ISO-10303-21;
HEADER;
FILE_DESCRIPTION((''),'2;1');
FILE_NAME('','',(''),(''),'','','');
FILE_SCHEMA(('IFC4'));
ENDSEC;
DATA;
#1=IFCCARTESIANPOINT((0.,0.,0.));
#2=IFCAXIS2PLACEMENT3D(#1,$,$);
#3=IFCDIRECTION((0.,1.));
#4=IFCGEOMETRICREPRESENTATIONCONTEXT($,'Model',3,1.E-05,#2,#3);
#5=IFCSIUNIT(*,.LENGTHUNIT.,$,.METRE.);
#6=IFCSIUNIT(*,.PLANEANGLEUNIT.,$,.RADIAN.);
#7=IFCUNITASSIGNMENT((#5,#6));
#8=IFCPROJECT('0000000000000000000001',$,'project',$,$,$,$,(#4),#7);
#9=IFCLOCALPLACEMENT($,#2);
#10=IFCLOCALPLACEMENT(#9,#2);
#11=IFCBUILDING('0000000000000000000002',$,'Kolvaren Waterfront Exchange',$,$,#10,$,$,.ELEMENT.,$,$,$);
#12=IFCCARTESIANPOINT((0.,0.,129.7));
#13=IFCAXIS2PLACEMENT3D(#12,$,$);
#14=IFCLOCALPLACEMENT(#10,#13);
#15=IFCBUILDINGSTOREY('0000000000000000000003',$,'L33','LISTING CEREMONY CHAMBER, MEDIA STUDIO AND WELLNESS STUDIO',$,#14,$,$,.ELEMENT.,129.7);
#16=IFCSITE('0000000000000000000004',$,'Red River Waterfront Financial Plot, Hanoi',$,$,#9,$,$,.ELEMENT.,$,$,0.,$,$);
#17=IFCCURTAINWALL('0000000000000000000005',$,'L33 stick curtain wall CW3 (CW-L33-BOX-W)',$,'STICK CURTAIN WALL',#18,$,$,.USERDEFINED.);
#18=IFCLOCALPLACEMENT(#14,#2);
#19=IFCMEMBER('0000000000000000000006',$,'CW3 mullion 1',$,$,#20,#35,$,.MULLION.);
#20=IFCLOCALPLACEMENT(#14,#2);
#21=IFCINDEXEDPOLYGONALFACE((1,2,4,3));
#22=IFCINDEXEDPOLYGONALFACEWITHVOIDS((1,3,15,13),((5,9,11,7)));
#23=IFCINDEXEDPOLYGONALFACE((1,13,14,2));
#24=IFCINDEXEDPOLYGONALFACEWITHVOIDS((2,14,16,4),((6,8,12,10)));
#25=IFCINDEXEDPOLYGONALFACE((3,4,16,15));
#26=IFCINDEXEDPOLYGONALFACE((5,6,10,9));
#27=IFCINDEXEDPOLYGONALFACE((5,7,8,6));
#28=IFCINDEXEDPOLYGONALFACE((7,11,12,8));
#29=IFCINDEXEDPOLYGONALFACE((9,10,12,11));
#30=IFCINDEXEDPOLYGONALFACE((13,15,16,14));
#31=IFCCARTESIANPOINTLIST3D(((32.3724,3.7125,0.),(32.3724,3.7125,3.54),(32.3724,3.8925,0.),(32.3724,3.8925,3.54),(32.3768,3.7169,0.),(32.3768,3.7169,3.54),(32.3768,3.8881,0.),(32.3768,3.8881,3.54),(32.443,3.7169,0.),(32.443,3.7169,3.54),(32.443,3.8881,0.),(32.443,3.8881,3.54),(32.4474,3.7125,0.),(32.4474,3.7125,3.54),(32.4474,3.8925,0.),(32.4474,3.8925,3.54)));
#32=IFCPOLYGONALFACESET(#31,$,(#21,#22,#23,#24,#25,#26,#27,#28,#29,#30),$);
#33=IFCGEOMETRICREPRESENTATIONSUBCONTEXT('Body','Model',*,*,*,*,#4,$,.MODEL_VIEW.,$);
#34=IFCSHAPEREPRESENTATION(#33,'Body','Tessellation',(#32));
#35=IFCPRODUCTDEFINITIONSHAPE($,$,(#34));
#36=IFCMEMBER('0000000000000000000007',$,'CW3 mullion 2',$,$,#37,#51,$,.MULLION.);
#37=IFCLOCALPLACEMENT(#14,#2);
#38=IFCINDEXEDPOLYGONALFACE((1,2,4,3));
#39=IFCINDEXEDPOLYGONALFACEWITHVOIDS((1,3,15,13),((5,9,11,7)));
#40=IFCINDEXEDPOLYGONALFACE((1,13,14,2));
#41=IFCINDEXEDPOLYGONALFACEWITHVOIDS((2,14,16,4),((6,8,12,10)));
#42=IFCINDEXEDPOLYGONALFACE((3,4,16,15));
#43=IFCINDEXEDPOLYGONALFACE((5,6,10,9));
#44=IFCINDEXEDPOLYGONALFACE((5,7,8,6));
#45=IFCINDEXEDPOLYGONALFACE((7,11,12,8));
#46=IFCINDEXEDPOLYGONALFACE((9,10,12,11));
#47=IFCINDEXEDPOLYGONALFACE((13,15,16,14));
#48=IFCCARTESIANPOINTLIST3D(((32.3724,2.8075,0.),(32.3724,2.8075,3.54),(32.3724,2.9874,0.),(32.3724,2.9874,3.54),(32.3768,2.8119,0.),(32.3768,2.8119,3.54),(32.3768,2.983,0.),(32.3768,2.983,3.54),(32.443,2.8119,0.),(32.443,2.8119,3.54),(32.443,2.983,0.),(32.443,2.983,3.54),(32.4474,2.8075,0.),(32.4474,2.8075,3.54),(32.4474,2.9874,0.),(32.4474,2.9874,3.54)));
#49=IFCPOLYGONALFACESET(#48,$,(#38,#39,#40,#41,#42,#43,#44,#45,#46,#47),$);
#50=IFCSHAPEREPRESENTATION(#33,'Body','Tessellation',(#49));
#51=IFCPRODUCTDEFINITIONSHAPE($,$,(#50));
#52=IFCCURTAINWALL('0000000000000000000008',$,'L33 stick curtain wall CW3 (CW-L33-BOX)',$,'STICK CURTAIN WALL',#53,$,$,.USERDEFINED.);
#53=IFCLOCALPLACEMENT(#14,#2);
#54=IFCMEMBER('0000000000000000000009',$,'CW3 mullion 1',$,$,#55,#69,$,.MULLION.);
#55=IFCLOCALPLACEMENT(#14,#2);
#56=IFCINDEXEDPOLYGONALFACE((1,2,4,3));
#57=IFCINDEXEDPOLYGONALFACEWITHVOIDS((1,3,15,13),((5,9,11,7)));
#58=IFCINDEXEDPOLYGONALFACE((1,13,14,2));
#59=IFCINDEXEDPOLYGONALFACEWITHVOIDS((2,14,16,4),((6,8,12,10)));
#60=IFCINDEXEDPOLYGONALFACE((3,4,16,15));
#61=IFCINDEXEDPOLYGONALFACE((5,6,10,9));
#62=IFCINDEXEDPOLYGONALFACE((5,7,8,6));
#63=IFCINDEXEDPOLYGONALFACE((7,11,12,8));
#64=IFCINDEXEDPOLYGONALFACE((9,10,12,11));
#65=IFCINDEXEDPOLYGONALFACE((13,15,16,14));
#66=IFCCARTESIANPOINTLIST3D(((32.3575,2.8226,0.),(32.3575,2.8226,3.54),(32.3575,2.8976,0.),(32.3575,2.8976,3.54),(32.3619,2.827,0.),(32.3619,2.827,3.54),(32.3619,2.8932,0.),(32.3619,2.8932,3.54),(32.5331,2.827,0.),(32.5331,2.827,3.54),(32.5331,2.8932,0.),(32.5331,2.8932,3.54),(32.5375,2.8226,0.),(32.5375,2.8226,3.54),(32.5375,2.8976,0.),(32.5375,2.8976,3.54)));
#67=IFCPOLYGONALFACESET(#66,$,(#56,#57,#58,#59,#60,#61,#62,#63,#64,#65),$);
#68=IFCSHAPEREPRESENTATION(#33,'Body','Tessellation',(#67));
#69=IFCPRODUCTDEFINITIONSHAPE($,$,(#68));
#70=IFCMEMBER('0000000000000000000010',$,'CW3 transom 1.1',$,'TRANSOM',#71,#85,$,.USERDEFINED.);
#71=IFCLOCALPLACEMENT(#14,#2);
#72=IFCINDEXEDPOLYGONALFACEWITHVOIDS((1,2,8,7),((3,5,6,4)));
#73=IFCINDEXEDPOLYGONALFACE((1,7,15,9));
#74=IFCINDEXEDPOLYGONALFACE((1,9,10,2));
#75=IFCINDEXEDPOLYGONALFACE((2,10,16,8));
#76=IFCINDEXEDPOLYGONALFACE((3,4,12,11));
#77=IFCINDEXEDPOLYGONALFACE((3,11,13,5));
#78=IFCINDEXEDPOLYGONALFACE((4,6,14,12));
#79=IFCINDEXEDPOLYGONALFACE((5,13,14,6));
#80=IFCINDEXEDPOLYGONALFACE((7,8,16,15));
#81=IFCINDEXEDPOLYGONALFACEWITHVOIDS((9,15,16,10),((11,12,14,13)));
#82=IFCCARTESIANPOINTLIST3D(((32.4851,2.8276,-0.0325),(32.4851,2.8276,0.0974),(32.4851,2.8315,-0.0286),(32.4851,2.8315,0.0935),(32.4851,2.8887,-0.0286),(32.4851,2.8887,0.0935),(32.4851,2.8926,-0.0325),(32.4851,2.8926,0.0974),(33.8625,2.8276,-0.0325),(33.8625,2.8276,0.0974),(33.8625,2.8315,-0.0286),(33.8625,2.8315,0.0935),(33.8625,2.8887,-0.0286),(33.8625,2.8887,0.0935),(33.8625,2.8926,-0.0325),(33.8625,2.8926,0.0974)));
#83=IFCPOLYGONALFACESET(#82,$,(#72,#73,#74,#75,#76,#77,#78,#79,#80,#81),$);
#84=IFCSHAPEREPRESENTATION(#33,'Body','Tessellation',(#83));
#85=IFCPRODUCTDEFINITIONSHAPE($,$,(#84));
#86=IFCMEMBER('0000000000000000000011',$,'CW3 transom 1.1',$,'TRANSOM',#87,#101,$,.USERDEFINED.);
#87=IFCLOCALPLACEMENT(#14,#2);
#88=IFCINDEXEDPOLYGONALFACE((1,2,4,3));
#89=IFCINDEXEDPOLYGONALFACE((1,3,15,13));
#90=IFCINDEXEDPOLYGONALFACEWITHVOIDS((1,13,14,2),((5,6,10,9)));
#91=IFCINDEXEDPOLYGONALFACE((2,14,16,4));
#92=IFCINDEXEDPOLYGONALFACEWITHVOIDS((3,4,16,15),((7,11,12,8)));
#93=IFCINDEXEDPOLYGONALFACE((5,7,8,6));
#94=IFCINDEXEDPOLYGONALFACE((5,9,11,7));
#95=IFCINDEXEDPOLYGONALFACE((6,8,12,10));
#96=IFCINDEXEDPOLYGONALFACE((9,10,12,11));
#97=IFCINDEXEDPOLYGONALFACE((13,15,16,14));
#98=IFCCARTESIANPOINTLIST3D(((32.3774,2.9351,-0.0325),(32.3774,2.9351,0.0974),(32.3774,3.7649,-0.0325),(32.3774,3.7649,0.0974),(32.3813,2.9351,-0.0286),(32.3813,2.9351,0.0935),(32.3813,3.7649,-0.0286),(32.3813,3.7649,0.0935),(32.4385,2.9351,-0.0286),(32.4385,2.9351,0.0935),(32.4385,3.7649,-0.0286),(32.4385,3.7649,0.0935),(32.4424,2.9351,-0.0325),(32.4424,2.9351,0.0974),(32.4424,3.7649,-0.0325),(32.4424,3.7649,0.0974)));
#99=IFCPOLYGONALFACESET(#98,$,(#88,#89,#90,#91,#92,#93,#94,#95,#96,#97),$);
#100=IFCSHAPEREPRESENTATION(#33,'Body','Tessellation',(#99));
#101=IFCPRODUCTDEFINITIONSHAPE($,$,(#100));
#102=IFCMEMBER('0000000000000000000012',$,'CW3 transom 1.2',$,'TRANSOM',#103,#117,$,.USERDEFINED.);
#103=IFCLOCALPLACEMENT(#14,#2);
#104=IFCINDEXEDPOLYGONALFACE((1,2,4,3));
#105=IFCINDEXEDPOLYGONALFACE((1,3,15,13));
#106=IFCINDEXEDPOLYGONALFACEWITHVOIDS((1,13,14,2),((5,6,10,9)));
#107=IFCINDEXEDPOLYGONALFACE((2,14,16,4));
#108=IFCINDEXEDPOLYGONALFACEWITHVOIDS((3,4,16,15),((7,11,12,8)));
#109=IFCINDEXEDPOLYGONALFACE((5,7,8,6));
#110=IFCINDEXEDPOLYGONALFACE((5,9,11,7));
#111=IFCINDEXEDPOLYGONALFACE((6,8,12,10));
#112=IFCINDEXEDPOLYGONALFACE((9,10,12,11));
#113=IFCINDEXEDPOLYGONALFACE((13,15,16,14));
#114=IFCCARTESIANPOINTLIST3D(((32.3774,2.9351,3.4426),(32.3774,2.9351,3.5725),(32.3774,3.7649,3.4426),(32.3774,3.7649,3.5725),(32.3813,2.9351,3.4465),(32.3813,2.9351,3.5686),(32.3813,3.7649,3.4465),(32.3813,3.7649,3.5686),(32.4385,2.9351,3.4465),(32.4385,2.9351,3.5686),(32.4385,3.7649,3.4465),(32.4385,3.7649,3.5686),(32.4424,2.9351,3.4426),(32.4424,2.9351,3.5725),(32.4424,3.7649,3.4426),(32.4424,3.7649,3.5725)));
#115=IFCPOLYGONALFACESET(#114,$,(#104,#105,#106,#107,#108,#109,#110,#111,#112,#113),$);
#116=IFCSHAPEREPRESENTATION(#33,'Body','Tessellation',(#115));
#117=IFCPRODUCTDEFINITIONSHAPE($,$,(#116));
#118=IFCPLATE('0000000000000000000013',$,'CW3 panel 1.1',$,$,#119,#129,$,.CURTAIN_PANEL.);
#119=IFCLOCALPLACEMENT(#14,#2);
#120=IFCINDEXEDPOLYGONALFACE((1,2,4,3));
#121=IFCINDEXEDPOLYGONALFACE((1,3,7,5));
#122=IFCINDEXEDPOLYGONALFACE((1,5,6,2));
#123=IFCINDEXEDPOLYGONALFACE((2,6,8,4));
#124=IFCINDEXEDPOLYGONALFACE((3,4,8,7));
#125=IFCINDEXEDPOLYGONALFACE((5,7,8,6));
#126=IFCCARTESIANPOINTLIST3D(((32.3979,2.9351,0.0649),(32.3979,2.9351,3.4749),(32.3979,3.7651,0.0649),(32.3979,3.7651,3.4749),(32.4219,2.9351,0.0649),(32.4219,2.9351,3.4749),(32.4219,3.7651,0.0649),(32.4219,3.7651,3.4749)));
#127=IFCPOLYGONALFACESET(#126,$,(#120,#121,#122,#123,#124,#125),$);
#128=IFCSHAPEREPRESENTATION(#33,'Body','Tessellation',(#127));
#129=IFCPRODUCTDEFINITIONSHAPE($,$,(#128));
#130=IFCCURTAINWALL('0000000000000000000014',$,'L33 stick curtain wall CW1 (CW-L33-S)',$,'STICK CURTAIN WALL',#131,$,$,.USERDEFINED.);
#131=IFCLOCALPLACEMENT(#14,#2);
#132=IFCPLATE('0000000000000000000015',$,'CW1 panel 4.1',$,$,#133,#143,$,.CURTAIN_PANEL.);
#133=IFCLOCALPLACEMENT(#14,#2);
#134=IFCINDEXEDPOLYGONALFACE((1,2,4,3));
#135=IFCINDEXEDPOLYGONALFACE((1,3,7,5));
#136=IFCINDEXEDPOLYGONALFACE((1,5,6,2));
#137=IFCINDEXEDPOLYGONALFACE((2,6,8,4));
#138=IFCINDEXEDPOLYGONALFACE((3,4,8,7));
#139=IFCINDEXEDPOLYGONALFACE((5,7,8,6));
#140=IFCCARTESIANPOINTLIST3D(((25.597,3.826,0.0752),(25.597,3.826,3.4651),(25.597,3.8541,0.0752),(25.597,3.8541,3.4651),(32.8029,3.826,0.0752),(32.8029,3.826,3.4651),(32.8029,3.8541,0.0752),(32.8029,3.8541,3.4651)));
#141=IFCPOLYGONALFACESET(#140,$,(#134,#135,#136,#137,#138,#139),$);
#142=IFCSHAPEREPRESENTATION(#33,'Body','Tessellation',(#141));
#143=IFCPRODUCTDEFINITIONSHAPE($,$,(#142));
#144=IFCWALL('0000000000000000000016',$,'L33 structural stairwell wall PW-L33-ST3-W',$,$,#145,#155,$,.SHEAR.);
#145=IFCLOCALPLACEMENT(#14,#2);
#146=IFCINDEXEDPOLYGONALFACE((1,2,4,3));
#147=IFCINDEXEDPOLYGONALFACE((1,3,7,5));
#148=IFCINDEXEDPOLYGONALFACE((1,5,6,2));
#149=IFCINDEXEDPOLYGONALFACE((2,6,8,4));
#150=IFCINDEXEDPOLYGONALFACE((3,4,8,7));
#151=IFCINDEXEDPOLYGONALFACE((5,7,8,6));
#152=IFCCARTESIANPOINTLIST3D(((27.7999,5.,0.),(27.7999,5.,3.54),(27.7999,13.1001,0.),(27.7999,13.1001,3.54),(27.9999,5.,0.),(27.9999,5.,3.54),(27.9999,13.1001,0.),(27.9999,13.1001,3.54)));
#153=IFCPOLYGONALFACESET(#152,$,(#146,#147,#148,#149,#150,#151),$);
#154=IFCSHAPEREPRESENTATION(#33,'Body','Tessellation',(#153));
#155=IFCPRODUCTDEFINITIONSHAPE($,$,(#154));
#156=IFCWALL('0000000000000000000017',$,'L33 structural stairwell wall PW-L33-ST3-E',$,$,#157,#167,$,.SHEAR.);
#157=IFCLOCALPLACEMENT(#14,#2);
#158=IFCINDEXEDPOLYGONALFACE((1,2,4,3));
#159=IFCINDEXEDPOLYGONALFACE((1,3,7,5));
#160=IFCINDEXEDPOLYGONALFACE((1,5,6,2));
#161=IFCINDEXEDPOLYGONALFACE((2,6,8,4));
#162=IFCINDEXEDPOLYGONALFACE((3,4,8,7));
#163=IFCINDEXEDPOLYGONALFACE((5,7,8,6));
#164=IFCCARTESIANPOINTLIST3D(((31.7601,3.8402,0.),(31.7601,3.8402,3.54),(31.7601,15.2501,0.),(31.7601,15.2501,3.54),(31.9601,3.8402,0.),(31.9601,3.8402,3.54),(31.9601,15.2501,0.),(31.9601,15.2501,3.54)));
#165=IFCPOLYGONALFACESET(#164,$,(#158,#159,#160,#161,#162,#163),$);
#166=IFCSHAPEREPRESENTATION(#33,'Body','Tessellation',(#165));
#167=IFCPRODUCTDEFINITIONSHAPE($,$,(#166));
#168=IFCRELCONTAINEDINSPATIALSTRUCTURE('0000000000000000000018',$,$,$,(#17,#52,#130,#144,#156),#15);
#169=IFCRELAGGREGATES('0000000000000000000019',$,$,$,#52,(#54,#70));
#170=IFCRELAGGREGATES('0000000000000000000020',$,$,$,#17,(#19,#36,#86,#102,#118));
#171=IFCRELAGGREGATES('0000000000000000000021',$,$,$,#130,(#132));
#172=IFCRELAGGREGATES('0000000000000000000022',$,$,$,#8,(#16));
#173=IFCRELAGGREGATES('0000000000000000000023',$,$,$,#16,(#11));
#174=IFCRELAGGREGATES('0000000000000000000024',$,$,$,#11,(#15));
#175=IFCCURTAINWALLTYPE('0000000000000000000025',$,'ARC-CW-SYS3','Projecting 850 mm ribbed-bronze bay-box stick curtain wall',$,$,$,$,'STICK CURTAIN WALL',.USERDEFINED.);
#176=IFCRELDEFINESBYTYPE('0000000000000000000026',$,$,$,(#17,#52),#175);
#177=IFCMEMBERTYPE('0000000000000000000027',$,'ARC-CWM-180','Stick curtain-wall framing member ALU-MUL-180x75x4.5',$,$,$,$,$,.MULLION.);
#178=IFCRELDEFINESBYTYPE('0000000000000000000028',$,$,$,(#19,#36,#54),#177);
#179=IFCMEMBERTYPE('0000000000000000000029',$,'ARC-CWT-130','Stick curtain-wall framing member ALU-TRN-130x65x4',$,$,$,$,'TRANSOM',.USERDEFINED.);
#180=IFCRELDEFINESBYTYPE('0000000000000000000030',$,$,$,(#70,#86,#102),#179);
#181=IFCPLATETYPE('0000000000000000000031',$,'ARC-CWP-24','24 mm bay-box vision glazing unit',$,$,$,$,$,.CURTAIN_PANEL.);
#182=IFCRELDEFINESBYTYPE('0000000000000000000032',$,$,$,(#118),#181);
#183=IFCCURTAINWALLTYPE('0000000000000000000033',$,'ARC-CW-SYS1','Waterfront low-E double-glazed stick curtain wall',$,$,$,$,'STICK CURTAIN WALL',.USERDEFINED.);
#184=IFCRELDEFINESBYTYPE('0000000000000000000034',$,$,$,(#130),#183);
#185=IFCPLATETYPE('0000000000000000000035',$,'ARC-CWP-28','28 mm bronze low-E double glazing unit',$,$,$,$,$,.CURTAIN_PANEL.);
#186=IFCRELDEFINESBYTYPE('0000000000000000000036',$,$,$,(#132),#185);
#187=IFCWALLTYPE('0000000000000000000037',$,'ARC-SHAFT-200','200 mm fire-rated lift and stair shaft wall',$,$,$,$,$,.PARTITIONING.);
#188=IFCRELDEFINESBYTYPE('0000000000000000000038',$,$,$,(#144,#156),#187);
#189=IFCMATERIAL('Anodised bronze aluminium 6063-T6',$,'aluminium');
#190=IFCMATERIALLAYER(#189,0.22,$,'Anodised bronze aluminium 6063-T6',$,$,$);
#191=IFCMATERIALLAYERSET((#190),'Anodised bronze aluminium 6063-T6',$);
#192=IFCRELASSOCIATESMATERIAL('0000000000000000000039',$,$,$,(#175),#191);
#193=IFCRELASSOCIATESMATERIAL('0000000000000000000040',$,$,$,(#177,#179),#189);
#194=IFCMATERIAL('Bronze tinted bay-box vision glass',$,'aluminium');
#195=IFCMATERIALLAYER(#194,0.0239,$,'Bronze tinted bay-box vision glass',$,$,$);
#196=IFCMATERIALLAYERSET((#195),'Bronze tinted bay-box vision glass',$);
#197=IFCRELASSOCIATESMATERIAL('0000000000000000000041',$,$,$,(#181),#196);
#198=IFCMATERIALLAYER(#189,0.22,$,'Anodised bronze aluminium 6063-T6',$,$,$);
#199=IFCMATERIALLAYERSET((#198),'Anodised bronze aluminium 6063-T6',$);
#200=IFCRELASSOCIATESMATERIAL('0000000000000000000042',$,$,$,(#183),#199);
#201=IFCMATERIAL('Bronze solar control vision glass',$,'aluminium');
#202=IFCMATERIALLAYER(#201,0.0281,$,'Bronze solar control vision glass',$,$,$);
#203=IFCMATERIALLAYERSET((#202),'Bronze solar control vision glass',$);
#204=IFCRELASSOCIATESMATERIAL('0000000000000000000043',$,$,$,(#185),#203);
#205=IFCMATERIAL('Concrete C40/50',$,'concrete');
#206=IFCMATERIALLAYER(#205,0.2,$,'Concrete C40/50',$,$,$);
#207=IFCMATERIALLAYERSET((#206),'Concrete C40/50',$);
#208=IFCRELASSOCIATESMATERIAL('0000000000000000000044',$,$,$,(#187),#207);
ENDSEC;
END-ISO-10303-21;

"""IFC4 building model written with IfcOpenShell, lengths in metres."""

from ifc_helpers import new_model, si_unit, direction, frame, frame_2d, origin, origin_with_axes, origin_2d, place, context, subcontext, project, spatial, rectangle, hollow_rectangle, extrude, source, transform, mapped, material, layer, layer_set, material_profile, profile_set, type_object, element, aggregate, save


model = new_model("IFC4")

# Units and contexts
model_context = context("Model", 3, precision=1e-05, world=origin(), true_north=direction((0.0, 1.0)))
body_context = subcontext(model_context, "Body", "Model", "MODEL_VIEW")
ifc_project = project(units=[si_unit("LENGTHUNIT", "METRE"), si_unit("PLANEANGLEUNIT", "RADIAN")], contexts=[model_context])

# Site, building, storey
site_placement = place(None, origin())
site = spatial("IfcSite", under=ifc_project, at=site_placement, Name="Red River Waterfront Financial Plot, Hanoi", CompositionType="ELEMENT", RefElevation=0.0)
building_placement = place(site_placement, origin())
building = spatial("IfcBuilding", under=site, at=building_placement, Name="Kolvaren Waterfront Exchange", CompositionType="ELEMENT")
storey_placement = place(building_placement, frame((0.0, 0.0, 129.7)))
storey = spatial("IfcBuildingStorey", under=building, at=storey_placement, Name="L33", Description="LISTING CEREMONY CHAMBER, MEDIA STUDIO AND WELLNESS STUDIO", CompositionType="ELEMENT", Elevation=129.7)

# Curtain walls, members
ifc_material_1 = material(Name="Anodised bronze aluminium 6063-T6", Category="aluminium")
ifc_layer_1 = layer(ifc_material_1, 0.22, Name="Anodised bronze aluminium 6063-T6")
ifc_layer_set_1 = layer_set([ifc_layer_1], Name="Anodised bronze aluminium 6063-T6")
curtain_wall_type_1 = type_object("IfcCurtainWallType", Name="ARC-CW-SYS3", Description="Projecting 850 mm ribbed-bronze bay-box stick curtain wall", ElementType="STICK CURTAIN WALL", PredefinedType="USERDEFINED", material=ifc_layer_set_1)
curtain_wall_1_placement = place(storey_placement, origin())
curtain_wall_1 = element("IfcCurtainWall", 1, at=curtain_wall_1_placement, inside=storey, type_object=curtain_wall_type_1, Name="L33 stick curtain wall CW3 (CW-L33-BOX-W)", ObjectType="STICK CURTAIN WALL", PredefinedType="USERDEFINED")
ifc_material_profile_1 = material_profile(ifc_material_1, hollow_rectangle(XDim=0.075, YDim=0.1799, WallThickness=0.0044, at=origin_2d()), Name="ALU-MUL-180x75x4.5")
ifc_profile_set_1 = profile_set([ifc_material_profile_1], Name="Anodised bronze aluminium 6063-T6")
member_type_1 = type_object("IfcMemberType", Name="ARC-CWM-180", Description="Stick curtain-wall framing member ALU-MUL-180x75x4.5", PredefinedType="MULLION", material=ifc_profile_set_1)
shared_shape_1 = source(origin_with_axes(), body_context, "Body", "SweptSolid", [
    extrude(hollow_rectangle(XDim=0.075, YDim=0.1799, WallThickness=0.0044, at=origin_2d()), origin(), (0.0, 0.0, 1.0), 3.54),
])
member_1_placement = place(storey_placement, frame((32.4099, 3.8025, 0.0), z_axis=(0.0, 0.0, 1.0), x_axis=(1.0, 0.0, 0.0)))
member_1 = element("IfcMember", 2, at=member_1_placement, type_object=member_type_1, Name="CW3 mullion 1", PredefinedType="MULLION", context=body_context, shape_type="MappedRepresentation", body=[
    mapped(shared_shape_1, transform((0.0, 0.0, 0.0), x_axis=(1.0, 0.0, 0.0), y_axis=(0.0, 1.0, 0.0), z_axis=(0.0, 0.0, 1.0), scale=1.0)),
])
member_2_placement = place(storey_placement, frame((32.4099, 2.8975, 0.0), z_axis=(0.0, 0.0, 1.0), x_axis=(1.0, 0.0, 0.0)))
member_2 = element("IfcMember", 3, at=member_2_placement, type_object=member_type_1, Name="CW3 mullion 2", PredefinedType="MULLION", context=body_context, shape_type="MappedRepresentation", body=[
    mapped(shared_shape_1, transform((0.0, 0.0, 0.0), x_axis=(1.0, 0.0, 0.0), y_axis=(0.0, 1.0, 0.0), z_axis=(0.0, 0.0, 1.0), scale=1.0)),
])
curtain_wall_2_placement = place(storey_placement, origin())
curtain_wall_2 = element("IfcCurtainWall", 4, at=curtain_wall_2_placement, inside=storey, type_object=curtain_wall_type_1, Name="L33 stick curtain wall CW3 (CW-L33-BOX)", ObjectType="STICK CURTAIN WALL", PredefinedType="USERDEFINED")
member_3_placement = place(storey_placement, frame((32.4475, 2.8601, 0.0), z_axis=(0.0, 0.0, 1.0), x_axis=(0.0, 1.0, 0.0)))
member_3 = element("IfcMember", 5, at=member_3_placement, type_object=member_type_1, Name="CW3 mullion 1", PredefinedType="MULLION", context=body_context, shape_type="MappedRepresentation", body=[
    mapped(shared_shape_1, transform((0.0, 0.0, 0.0), x_axis=(1.0, 0.0, 0.0), y_axis=(0.0, 1.0, 0.0), z_axis=(0.0, 0.0, 1.0), scale=1.0)),
])
ifc_material_profile_2 = material_profile(ifc_material_1, hollow_rectangle(XDim=0.0649, YDim=0.1299, WallThickness=0.0039, at=origin_2d()), Name="ALU-TRN-130x65x4")
ifc_profile_set_2 = profile_set([ifc_material_profile_2], Name="Anodised bronze aluminium 6063-T6")
member_type_2 = type_object("IfcMemberType", Name="ARC-CWT-130", Description="Stick curtain-wall framing member ALU-TRN-130x65x4", ElementType="TRANSOM", PredefinedType="USERDEFINED", material=ifc_profile_set_2)
shared_shape_2 = source(origin_with_axes(), body_context, "Body", "SweptSolid", [
    extrude(hollow_rectangle(XDim=0.0649, YDim=0.1299, WallThickness=0.0039, at=origin_2d()), origin(), (0.0, 0.0, 1.0), 1.3774),
])
member_4_placement = place(storey_placement, frame((32.4851, 2.8601, 0.0325), z_axis=(1.0, 0.0, 0.0), x_axis=(0.0, 1.0, 0.0)))
member_4 = element("IfcMember", 6, at=member_4_placement, type_object=member_type_2, Name="CW3 transom 1.1", ObjectType="TRANSOM", PredefinedType="USERDEFINED", context=body_context, shape_type="MappedRepresentation", body=[
    mapped(shared_shape_2, transform((0.0, 0.0, 0.0), x_axis=(1.0, 0.0, 0.0), y_axis=(0.0, 1.0, 0.0), z_axis=(0.0, 0.0, 1.0), scale=1.0)),
])
aggregate(curtain_wall_2, [member_3, member_4])

# Members
shared_shape_3 = source(origin_with_axes(), body_context, "Body", "SweptSolid", [
    extrude(hollow_rectangle(XDim=0.0649, YDim=0.1299, WallThickness=0.0039, at=origin_2d()), origin(), (0.0, 0.0, 1.0), 0.8298),
])
member_5_placement = place(storey_placement, frame((32.4099, 3.7649, 0.0325), z_axis=(0.0, -1.0, 0.0), x_axis=(1.0, 0.0, 0.0)))
member_5 = element("IfcMember", 7, at=member_5_placement, type_object=member_type_2, Name="CW3 transom 1.1", ObjectType="TRANSOM", PredefinedType="USERDEFINED", context=body_context, shape_type="MappedRepresentation", body=[
    mapped(shared_shape_3, transform((0.0, 0.0, 0.0), x_axis=(1.0, 0.0, 0.0), y_axis=(0.0, 1.0, 0.0), z_axis=(0.0, 0.0, 1.0), scale=1.0)),
])
member_6_placement = place(storey_placement, frame((32.4099, 3.7649, 3.5076), z_axis=(0.0, -1.0, 0.0), x_axis=(1.0, 0.0, 0.0)))
member_6 = element("IfcMember", 8, at=member_6_placement, type_object=member_type_2, Name="CW3 transom 1.2", ObjectType="TRANSOM", PredefinedType="USERDEFINED", context=body_context, shape_type="MappedRepresentation", body=[
    mapped(shared_shape_3, transform((0.0, 0.0, 0.0), x_axis=(1.0, 0.0, 0.0), y_axis=(0.0, 1.0, 0.0), z_axis=(0.0, 0.0, 1.0), scale=1.0)),
])

# Plate
ifc_material_2 = material(Name="Bronze tinted bay-box vision glass", Category="aluminium")
ifc_layer_2 = layer(ifc_material_2, 0.0239, Name="Bronze tinted bay-box vision glass")
ifc_layer_set_2 = layer_set([ifc_layer_2], Name="Bronze tinted bay-box vision glass")
plate_type_1 = type_object("IfcPlateType", Name="ARC-CWP-24", Description="24 mm bay-box vision glazing unit", PredefinedType="CURTAIN_PANEL", material=ifc_layer_set_2)
shared_shape_4 = source(origin_with_axes(), body_context, "Body", "SweptSolid", [
    extrude(rectangle(XDim=0.8301, YDim=0.0239, at=origin_2d()), origin(), (0.0, 0.0, 1.0), 3.4099),
])
plate_1_placement = place(storey_placement, frame((32.4099, 3.3501, 0.0649), z_axis=(0.0, 0.0, 1.0), x_axis=(0.0, -1.0, 0.0)))
plate_1 = element("IfcPlate", 9, at=plate_1_placement, type_object=plate_type_1, Name="CW3 panel 1.1", PredefinedType="CURTAIN_PANEL", context=body_context, shape_type="MappedRepresentation", body=[
    mapped(shared_shape_4, transform((0.0, 0.0, 0.0), x_axis=(1.0, 0.0, 0.0), y_axis=(0.0, 1.0, 0.0), z_axis=(0.0, 0.0, 1.0), scale=1.0)),
])
aggregate(curtain_wall_1, [member_1, member_2, member_5, member_6, plate_1])

# Curtain wall, plate
ifc_layer_3 = layer(ifc_material_1, 0.22, Name="Anodised bronze aluminium 6063-T6")
ifc_layer_set_3 = layer_set([ifc_layer_3], Name="Anodised bronze aluminium 6063-T6")
curtain_wall_type_2 = type_object("IfcCurtainWallType", Name="ARC-CW-SYS1", Description="Waterfront low-E double-glazed stick curtain wall", ElementType="STICK CURTAIN WALL", PredefinedType="USERDEFINED", material=ifc_layer_set_3)
curtain_wall_3_placement = place(storey_placement, origin())
curtain_wall_3 = element("IfcCurtainWall", 10, at=curtain_wall_3_placement, inside=storey, type_object=curtain_wall_type_2, Name="L33 stick curtain wall CW1 (CW-L33-S)", ObjectType="STICK CURTAIN WALL", PredefinedType="USERDEFINED")
ifc_material_3 = material(Name="Bronze solar control vision glass", Category="aluminium")
ifc_layer_4 = layer(ifc_material_3, 0.0281, Name="Bronze solar control vision glass")
ifc_layer_set_4 = layer_set([ifc_layer_4], Name="Bronze solar control vision glass")
plate_type_2 = type_object("IfcPlateType", Name="ARC-CWP-28", Description="28 mm bronze low-E double glazing unit", PredefinedType="CURTAIN_PANEL", material=ifc_layer_set_4)
shared_shape_5 = source(origin_with_axes(), body_context, "Body", "SweptSolid", [
    extrude(rectangle(XDim=7.2058, YDim=0.0281, at=origin_2d()), origin(), (0.0, 0.0, 1.0), 3.3899),
])
plate_2_placement = place(storey_placement, frame((29.2, 3.8401, 0.0752), z_axis=(0.0, 0.0, 1.0), x_axis=(1.0, 0.0, 0.0)))
plate_2 = element("IfcPlate", 11, at=plate_2_placement, type_object=plate_type_2, Name="CW1 panel 4.1", PredefinedType="CURTAIN_PANEL", context=body_context, shape_type="MappedRepresentation", body=[
    mapped(shared_shape_5, transform((0.0, 0.0, 0.0), x_axis=(1.0, 0.0, 0.0), y_axis=(0.0, 1.0, 0.0), z_axis=(0.0, 0.0, 1.0), scale=1.0)),
])
aggregate(curtain_wall_3, [plate_2])

# Walls
ifc_material_4 = material(Name="Concrete C40/50", Category="concrete")
ifc_layer_5 = layer(ifc_material_4, 0.2, Name="Concrete C40/50")
ifc_layer_set_5 = layer_set([ifc_layer_5], Name="Concrete C40/50")
wall_type = type_object("IfcWallType", Name="ARC-SHAFT-200", Description="200 mm fire-rated lift and stair shaft wall", PredefinedType="PARTITIONING", material=ifc_layer_set_5)
wall_1_placement = place(storey_placement, frame((27.8999, 5.0, 0.0), z_axis=(0.0, 0.0, 1.0), x_axis=(0.0, 1.0, 0.0)))
element("IfcWall", 12, at=wall_1_placement, inside=storey, type_object=wall_type, Name="L33 structural stairwell wall PW-L33-ST3-W", PredefinedType="SHEAR", context=body_context, shape_type="SweptSolid", body=[
    extrude(rectangle(XDim=8.1001, YDim=0.2, at=frame_2d((4.05, 0.0))), origin(), (0.0, 0.0, 1.0), 3.54),
])
wall_2_placement = place(storey_placement, frame((31.8601, 3.8401, 0.0), z_axis=(0.0, 0.0, 1.0), x_axis=(0.0, 1.0, 0.0)))
element("IfcWall", 13, at=wall_2_placement, inside=storey, type_object=wall_type, Name="L33 structural stairwell wall PW-L33-ST3-E", PredefinedType="SHEAR", context=body_context, shape_type="SweptSolid", body=[
    extrude(rectangle(XDim=11.4099, YDim=0.2, at=frame_2d((5.7051, 0.0))), origin(), (0.0, 0.0, 1.0), 3.54),
])

save(model, "model.ifc")
